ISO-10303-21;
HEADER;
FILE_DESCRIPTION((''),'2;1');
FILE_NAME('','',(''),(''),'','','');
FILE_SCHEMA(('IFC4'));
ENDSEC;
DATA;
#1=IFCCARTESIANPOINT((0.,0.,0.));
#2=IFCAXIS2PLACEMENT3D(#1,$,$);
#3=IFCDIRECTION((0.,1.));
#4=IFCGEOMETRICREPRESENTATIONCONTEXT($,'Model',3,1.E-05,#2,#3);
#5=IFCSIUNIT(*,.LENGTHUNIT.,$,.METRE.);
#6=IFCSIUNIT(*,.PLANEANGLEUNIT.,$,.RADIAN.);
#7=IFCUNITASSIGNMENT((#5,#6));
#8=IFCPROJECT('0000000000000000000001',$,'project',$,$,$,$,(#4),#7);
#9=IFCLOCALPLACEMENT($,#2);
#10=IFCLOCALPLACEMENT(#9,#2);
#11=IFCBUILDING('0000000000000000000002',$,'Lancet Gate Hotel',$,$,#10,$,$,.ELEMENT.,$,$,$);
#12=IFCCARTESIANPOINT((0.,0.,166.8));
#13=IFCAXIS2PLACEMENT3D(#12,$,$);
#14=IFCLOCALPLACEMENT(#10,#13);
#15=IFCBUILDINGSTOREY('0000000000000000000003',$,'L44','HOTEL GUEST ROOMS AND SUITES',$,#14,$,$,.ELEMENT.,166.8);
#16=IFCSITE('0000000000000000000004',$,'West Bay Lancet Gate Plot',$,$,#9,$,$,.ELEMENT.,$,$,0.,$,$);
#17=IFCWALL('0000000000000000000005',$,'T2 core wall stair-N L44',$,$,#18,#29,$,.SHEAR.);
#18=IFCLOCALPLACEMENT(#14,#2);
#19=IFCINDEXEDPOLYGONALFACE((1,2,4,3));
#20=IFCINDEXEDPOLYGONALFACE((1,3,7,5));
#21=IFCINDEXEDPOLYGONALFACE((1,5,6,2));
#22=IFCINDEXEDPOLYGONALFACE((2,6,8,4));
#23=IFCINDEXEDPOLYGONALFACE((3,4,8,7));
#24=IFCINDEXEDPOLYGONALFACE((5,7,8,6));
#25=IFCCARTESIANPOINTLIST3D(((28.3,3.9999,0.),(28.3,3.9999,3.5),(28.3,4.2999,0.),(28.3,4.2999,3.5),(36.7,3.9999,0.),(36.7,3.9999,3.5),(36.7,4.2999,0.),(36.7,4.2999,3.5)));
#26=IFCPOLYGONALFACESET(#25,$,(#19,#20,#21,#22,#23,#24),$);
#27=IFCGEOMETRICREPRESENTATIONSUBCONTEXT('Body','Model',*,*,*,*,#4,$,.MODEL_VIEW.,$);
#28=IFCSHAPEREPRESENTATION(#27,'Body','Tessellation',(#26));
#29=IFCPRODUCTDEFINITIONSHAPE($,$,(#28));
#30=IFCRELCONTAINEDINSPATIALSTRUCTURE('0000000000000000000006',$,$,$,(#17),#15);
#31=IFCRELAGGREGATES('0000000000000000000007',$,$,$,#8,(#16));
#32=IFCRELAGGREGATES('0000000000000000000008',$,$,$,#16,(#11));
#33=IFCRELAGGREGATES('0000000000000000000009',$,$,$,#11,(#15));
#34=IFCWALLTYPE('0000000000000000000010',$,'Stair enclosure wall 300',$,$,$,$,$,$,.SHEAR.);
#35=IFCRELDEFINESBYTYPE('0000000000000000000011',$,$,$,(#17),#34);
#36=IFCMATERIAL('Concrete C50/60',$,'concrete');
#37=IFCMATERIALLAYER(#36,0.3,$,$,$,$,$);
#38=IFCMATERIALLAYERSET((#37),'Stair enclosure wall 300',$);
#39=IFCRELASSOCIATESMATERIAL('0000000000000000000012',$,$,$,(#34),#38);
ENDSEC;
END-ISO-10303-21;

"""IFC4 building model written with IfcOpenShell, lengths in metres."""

from ifc_helpers import new_model, si_unit, direction, frame, frame_2d, origin, place, context, subcontext, project, spatial, rectangle, extrude, material, layer, layer_set, type_object, element, save


model = new_model("IFC4")

# Units and contexts
model_context = context("Model", 3, precision=1e-05, world=origin(), true_north=direction((0.0, 1.0)))
body_context = subcontext(model_context, "Body", "Model", "MODEL_VIEW")
ifc_project = project(units=[si_unit("LENGTHUNIT", "METRE"), si_unit("PLANEANGLEUNIT", "RADIAN")], contexts=[model_context])

# Site, building, storey
site_placement = place(None, origin())
site = spatial("IfcSite", under=ifc_project, at=site_placement, Name="West Bay Lancet Gate Plot", CompositionType="ELEMENT", RefElevation=0.0)
building_placement = place(site_placement, origin())
building = spatial("IfcBuilding", under=site, at=building_placement, Name="Lancet Gate Hotel", CompositionType="ELEMENT")
storey_placement = place(building_placement, frame((0.0, 0.0, 166.8)))
storey = spatial("IfcBuildingStorey", under=building, at=storey_placement, Name="L44", Description="HOTEL GUEST ROOMS AND SUITES", CompositionType="ELEMENT", Elevation=166.8)

# Wall
ifc_material_1 = material(Name="Concrete C50/60", Category="concrete")
ifc_layer_1 = layer(ifc_material_1, 0.3)
ifc_layer_set_1 = layer_set([ifc_layer_1], Name="Stair enclosure wall 300")
wall_type_1 = type_object("IfcWallType", Name="Stair enclosure wall 300", PredefinedType="SHEAR", material=ifc_layer_set_1)
wall_1_placement = place(storey_placement, frame((28.3, 4.1499, 0.0), z_axis=(0.0, 0.0, 1.0), x_axis=(1.0, 0.0, 0.0)))
element("IfcWall", 1, at=wall_1_placement, inside=storey, type_object=wall_type_1, Name="T2 core wall stair-N L44", PredefinedType="SHEAR", context=body_context, shape_type="SweptSolid", body=[
    extrude(rectangle(XDim=8.3999, YDim=0.3, at=frame_2d((4.2, 0.0))), origin(), (0.0, 0.0, 1.0), 3.5),
])

save(model, "model.ifc")
